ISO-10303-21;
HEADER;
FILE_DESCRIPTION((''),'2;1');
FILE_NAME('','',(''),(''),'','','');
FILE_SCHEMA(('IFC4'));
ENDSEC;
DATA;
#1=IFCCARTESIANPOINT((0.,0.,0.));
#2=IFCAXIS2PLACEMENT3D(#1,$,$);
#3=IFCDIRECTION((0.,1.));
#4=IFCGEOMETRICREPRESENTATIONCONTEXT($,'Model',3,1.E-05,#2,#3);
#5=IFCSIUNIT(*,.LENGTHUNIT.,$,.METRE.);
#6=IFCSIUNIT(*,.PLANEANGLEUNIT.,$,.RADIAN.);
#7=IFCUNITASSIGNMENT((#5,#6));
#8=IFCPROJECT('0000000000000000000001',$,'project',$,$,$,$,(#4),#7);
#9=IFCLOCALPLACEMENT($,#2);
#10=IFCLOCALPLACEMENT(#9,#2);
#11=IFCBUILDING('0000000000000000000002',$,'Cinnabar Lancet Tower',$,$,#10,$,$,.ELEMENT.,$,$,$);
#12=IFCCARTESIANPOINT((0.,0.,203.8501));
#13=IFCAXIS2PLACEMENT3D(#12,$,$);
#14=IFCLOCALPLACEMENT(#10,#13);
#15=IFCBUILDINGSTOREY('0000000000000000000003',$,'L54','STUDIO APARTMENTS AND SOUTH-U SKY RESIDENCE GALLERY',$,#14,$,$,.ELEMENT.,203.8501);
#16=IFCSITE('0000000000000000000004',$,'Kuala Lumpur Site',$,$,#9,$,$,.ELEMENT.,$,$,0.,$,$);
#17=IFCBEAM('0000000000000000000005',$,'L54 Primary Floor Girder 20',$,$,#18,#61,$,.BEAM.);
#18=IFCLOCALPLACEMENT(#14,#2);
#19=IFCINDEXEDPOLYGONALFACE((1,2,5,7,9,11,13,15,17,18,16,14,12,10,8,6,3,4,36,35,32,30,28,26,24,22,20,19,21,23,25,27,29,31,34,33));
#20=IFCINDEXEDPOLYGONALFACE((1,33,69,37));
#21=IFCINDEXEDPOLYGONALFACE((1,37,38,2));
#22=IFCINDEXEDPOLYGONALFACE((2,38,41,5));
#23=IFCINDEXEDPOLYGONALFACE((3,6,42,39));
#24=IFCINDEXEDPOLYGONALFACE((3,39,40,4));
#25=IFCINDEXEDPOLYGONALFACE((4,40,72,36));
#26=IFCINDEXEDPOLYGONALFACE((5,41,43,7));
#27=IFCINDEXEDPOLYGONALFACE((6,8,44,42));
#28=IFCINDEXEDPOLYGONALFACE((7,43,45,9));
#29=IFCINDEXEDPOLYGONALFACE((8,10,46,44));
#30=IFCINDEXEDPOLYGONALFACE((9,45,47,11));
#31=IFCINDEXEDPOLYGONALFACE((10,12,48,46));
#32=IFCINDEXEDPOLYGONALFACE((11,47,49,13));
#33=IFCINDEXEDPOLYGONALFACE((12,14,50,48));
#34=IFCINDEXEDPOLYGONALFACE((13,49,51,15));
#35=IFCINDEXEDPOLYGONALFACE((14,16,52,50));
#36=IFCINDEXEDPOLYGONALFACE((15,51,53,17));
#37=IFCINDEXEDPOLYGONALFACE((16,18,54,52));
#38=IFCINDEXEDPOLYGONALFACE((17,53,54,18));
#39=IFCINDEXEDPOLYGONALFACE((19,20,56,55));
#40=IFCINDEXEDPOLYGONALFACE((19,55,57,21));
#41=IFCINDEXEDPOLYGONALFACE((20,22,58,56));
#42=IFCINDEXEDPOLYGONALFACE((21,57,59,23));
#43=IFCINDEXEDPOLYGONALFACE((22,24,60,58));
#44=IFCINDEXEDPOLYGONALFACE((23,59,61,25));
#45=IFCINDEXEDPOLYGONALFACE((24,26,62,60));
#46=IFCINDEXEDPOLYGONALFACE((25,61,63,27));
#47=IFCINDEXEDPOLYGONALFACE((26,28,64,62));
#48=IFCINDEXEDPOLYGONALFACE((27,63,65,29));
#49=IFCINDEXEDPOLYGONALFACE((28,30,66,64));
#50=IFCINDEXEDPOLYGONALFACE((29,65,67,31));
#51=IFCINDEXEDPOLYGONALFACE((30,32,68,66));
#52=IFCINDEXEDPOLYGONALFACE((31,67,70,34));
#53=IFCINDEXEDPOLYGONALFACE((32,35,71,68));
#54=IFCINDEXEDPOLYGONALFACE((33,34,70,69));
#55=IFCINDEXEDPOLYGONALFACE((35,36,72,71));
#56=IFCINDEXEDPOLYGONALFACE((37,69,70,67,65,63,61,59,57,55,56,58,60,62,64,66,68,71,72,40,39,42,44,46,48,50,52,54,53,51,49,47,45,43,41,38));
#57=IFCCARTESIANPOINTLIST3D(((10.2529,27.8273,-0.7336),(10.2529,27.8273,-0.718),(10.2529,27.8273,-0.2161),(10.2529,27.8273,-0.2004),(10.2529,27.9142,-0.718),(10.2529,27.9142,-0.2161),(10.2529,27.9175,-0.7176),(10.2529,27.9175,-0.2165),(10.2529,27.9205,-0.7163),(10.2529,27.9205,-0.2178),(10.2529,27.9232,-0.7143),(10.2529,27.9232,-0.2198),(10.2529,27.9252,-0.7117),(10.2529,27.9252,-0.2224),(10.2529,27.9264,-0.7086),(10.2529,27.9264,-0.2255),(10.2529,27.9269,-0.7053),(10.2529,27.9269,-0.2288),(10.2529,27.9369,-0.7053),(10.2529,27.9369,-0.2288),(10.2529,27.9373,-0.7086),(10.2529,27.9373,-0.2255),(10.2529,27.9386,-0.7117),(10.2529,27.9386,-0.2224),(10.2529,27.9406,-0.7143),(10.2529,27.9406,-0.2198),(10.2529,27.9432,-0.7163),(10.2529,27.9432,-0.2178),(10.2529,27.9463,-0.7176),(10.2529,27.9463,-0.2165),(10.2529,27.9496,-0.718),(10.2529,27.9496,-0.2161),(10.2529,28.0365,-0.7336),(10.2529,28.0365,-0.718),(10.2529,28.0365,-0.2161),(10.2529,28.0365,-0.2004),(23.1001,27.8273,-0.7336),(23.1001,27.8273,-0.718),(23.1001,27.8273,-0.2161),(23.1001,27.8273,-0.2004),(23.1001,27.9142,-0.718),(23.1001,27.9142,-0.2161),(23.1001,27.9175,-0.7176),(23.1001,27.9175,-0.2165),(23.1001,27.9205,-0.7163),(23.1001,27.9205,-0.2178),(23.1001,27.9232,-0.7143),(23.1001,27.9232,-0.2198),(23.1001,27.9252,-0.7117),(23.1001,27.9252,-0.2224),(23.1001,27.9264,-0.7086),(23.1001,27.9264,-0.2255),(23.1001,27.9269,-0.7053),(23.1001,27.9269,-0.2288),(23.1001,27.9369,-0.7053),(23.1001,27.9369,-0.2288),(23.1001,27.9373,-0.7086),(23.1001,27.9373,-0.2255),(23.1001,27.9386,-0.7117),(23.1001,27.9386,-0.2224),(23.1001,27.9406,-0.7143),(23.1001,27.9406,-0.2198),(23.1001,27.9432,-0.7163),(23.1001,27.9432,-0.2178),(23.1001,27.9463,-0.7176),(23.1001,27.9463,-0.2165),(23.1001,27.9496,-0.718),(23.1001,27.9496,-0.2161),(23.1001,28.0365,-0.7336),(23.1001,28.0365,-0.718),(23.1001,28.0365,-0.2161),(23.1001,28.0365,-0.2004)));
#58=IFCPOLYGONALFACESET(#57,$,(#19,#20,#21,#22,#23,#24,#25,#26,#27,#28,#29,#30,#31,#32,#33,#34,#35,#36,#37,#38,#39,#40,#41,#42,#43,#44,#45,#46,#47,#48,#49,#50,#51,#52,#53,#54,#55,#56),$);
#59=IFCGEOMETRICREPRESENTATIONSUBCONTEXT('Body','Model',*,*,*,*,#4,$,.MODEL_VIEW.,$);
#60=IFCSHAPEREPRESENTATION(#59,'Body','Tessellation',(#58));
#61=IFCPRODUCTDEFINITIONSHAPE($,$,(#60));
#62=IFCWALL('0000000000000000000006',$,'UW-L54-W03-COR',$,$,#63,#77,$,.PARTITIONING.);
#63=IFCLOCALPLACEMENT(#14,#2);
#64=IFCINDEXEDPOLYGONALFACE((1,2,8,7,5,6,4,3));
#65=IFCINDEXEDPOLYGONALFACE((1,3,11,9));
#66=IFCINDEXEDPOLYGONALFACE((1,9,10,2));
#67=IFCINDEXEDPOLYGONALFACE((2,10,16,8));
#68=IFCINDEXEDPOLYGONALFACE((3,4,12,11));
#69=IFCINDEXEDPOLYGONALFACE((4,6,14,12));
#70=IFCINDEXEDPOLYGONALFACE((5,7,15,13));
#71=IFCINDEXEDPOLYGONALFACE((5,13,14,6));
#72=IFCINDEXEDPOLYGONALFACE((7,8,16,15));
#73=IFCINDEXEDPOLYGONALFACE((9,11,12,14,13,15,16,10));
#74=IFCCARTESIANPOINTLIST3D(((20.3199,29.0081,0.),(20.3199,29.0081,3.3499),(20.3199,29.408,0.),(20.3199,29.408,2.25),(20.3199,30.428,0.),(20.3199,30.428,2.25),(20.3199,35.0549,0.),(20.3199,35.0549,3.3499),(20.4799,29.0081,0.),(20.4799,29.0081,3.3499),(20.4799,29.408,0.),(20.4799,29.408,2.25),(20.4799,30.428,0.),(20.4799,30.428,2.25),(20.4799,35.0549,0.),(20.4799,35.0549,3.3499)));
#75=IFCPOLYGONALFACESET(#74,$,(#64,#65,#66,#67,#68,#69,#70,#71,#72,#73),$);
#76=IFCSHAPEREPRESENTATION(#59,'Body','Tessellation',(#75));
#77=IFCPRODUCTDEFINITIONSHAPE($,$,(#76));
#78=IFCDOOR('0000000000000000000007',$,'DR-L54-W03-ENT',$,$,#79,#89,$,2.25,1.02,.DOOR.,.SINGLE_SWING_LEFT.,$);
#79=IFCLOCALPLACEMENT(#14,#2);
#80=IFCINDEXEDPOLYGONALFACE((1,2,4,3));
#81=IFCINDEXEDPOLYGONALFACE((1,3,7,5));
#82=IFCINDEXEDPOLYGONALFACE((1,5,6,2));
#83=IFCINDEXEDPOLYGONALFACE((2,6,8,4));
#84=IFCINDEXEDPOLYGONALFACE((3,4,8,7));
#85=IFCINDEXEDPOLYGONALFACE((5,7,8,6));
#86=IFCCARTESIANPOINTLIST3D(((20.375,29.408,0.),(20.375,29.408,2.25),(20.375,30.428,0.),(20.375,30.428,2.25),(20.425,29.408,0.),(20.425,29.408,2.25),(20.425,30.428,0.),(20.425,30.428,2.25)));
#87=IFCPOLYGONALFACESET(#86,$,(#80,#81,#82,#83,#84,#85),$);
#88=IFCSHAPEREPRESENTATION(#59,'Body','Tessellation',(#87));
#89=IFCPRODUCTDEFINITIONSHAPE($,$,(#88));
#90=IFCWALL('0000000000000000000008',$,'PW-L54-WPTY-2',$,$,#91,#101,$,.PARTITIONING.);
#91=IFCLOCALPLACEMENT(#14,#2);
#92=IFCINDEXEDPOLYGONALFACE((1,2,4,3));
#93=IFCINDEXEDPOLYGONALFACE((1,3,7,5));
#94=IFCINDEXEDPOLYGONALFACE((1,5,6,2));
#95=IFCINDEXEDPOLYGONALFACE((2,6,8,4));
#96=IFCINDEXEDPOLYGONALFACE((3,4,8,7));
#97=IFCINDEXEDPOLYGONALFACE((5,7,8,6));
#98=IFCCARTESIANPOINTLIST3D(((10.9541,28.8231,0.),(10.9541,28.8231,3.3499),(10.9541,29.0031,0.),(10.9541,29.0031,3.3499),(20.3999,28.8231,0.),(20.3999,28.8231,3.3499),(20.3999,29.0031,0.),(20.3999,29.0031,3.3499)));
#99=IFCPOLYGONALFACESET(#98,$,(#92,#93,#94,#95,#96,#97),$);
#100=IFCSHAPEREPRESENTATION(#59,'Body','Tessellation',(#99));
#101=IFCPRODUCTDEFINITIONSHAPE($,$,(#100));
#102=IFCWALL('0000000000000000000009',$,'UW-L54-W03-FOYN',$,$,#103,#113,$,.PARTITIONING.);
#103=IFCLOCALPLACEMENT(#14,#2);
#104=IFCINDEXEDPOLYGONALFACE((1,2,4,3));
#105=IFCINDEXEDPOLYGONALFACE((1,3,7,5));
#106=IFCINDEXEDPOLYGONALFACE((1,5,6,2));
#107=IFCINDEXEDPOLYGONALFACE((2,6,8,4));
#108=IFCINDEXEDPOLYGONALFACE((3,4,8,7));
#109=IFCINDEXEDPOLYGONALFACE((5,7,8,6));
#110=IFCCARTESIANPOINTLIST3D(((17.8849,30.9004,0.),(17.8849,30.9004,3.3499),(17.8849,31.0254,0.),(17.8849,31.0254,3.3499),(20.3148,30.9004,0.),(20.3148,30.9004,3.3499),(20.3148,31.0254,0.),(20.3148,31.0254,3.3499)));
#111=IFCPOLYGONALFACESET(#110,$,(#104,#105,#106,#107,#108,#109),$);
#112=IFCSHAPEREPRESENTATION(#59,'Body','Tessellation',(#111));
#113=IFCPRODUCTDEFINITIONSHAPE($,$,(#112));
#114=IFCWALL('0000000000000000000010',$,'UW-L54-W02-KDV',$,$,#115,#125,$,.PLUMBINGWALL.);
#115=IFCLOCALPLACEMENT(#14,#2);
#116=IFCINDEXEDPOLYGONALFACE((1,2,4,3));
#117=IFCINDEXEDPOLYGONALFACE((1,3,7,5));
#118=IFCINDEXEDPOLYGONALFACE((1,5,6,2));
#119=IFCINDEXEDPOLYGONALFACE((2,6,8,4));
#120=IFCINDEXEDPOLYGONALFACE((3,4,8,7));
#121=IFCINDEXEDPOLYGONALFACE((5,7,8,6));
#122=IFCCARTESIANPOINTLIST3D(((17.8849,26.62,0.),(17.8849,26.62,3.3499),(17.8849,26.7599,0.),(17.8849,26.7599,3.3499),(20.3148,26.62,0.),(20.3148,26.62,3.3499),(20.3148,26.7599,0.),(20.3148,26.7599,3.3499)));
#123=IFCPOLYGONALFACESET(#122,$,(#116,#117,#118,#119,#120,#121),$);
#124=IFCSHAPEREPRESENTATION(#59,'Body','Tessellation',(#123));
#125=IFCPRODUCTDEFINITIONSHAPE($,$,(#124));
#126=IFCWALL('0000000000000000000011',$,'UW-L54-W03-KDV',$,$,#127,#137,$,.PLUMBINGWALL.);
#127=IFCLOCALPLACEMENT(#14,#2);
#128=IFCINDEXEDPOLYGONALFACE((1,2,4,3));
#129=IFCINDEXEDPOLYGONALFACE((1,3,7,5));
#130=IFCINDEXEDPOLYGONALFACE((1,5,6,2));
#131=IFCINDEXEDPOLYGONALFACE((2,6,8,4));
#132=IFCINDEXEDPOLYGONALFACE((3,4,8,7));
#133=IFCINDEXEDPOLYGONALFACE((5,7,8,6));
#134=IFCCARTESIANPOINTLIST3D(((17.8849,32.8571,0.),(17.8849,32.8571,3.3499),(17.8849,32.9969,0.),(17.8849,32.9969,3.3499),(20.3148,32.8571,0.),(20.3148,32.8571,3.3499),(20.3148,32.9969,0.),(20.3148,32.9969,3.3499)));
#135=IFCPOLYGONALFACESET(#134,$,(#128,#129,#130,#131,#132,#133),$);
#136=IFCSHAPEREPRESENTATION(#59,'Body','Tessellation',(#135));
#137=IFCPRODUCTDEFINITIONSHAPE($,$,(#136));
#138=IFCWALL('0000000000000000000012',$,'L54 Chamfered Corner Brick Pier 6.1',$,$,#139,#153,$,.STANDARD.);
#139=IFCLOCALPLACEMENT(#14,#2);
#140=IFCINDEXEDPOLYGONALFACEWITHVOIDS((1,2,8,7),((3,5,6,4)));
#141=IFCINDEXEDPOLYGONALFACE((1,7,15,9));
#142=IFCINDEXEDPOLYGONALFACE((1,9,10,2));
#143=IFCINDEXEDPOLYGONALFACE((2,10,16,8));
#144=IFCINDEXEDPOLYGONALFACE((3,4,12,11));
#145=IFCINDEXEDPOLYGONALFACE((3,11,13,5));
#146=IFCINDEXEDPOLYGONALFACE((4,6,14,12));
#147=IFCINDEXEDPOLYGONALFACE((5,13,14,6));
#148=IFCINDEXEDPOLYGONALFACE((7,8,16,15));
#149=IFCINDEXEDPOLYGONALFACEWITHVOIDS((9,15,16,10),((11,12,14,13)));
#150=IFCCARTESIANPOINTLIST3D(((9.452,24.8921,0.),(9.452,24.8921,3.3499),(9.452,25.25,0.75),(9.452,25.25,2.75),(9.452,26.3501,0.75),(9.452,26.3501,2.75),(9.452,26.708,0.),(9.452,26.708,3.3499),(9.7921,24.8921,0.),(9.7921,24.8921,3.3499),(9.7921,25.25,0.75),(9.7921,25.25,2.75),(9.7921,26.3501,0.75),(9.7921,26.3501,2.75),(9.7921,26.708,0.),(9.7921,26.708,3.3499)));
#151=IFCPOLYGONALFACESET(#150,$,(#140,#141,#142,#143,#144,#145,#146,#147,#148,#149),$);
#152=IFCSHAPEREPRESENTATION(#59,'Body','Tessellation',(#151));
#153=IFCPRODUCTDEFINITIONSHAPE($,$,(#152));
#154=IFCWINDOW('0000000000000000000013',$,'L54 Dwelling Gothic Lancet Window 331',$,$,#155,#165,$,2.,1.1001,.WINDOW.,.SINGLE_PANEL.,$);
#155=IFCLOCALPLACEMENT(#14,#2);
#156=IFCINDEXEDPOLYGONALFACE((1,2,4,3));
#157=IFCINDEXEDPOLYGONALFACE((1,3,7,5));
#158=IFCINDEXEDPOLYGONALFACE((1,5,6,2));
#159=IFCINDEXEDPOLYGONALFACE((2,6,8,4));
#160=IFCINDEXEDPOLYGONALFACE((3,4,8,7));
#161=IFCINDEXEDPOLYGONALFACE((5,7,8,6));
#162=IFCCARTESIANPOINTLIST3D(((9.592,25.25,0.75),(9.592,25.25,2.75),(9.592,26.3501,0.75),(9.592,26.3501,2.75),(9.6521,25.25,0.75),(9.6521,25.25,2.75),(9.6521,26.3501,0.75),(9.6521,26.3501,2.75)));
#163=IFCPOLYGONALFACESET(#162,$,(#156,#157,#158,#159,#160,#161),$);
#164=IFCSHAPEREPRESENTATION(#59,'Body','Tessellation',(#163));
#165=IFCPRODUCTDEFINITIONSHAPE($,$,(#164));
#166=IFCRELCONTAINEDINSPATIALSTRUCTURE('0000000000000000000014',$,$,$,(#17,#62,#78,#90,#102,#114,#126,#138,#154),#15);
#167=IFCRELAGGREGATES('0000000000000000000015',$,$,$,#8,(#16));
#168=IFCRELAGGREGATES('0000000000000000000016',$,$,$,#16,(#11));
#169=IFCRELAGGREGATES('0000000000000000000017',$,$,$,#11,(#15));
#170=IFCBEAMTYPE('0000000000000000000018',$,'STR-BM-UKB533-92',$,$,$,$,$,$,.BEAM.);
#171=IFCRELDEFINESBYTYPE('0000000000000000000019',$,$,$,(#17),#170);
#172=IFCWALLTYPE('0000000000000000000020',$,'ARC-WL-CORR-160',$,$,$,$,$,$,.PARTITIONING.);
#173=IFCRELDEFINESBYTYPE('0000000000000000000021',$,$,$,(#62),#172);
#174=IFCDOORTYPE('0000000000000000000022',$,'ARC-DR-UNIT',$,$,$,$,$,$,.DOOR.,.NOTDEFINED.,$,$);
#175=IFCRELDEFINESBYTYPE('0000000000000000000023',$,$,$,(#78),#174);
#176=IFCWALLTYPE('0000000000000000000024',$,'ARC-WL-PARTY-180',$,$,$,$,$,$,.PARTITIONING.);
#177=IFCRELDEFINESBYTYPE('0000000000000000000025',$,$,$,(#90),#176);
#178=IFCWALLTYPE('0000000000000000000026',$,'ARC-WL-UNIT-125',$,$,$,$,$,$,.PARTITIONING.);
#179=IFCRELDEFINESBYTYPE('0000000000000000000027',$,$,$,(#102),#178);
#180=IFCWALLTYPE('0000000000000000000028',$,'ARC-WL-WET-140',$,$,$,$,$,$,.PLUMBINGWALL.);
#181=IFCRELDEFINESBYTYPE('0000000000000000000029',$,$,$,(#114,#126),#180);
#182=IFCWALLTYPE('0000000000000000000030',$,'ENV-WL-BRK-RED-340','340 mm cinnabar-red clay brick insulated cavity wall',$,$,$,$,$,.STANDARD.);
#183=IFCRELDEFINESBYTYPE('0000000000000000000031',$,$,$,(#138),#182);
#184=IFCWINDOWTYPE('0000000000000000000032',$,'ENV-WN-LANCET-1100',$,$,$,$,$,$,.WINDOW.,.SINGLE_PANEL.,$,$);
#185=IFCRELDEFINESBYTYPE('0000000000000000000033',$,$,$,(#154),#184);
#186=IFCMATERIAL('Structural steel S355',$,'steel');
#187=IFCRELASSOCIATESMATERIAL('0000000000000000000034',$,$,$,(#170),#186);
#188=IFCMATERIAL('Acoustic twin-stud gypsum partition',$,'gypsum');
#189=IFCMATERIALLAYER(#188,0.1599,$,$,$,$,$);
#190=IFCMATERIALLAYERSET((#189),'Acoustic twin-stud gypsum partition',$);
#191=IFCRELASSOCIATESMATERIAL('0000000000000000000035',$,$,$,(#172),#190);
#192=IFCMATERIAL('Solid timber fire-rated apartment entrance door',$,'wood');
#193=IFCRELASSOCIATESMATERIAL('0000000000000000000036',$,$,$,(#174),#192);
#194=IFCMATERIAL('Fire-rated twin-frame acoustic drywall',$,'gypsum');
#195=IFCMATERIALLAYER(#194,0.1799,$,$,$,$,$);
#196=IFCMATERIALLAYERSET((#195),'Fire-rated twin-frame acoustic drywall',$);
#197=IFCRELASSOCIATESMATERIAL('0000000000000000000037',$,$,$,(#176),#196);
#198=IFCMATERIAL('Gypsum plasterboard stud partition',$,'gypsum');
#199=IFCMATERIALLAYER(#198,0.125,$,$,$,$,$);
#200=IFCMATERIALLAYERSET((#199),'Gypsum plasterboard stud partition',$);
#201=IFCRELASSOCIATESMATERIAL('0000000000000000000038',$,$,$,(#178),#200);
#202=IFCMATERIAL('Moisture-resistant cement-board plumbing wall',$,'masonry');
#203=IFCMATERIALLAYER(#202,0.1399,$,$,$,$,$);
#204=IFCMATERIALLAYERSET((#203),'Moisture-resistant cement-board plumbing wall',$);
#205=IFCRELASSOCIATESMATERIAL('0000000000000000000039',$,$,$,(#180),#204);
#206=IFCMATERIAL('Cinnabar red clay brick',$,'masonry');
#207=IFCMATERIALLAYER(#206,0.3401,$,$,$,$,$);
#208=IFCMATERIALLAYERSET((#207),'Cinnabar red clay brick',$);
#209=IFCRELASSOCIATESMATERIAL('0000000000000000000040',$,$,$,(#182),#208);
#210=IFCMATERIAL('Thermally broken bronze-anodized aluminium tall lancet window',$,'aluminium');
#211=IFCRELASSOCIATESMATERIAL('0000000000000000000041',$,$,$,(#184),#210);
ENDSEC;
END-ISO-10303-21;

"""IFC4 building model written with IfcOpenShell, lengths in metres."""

from ifc_helpers import new_model, si_unit, direction, frame, frame_2d, origin, origin_2d, place, context, subcontext, project, spatial, rectangle, i_section, extrude, material, layer, layer_set, material_profile, profile_set, type_object, element, fill, save


model = new_model("IFC4")

# Units and contexts
model_context = context("Model", 3, precision=1e-05, world=origin(), true_north=direction((0.0, 1.0)))
body_context = subcontext(model_context, "Body", "Model", "MODEL_VIEW")
ifc_project = project(units=[si_unit("LENGTHUNIT", "METRE"), si_unit("PLANEANGLEUNIT", "RADIAN")], contexts=[model_context])

# Site, building, storey
site_placement = place(None, origin())
site = spatial("IfcSite", under=ifc_project, at=site_placement, Name="Kuala Lumpur Site", CompositionType="ELEMENT", RefElevation=0.0)
building_placement = place(site_placement, origin())
building = spatial("IfcBuilding", under=site, at=building_placement, Name="Cinnabar Lancet Tower", CompositionType="ELEMENT")
storey_placement = place(building_placement, frame((0.0, 0.0, 203.8501)))
storey = spatial("IfcBuildingStorey", under=building, at=storey_placement, Name="L54", Description="STUDIO APARTMENTS AND SOUTH-U SKY RESIDENCE GALLERY", CompositionType="ELEMENT", Elevation=203.8501)

# Beam
ifc_material_1 = material(Name="Structural steel S355", Category="steel")
ifc_material_profile_1 = material_profile(ifc_material_1, i_section(OverallWidth=0.2092, OverallDepth=0.5332, WebThickness=0.01, FlangeThickness=0.0156, FilletRadius=0.0127, at=origin_2d()), Name="UKB 533x210x92")
ifc_profile_set_1 = profile_set([ifc_material_profile_1], Name="Structural steel S355")
beam_type_1 = type_object("IfcBeamType", Name="STR-BM-UKB533-92", PredefinedType="BEAM", material=ifc_profile_set_1)
beam_1_placement = place(storey_placement, frame((10.2529, 27.9319, -0.467), z_axis=(1.0, 0.0, 0.0), x_axis=(0.0, 1.0, 0.0)))
element("IfcBeam", 1, at=beam_1_placement, inside=storey, type_object=beam_type_1, Name="L54 Primary Floor Girder 20", PredefinedType="BEAM", context=body_context, shape_type="SweptSolid", body=[
    extrude(i_section(OverallWidth=0.2092, OverallDepth=0.5332, WebThickness=0.01, FlangeThickness=0.0156, FilletRadius=0.0127, at=origin_2d()), origin(), (0.0, 0.0, 1.0), 12.8472),
])

# Wall, opening, door
ifc_material_2 = material(Name="Acoustic twin-stud gypsum partition", Category="gypsum")
ifc_layer_1 = layer(ifc_material_2, 0.1599)
ifc_layer_set_1 = layer_set([ifc_layer_1], Name="Acoustic twin-stud gypsum partition")
wall_type_1 = type_object("IfcWallType", Name="ARC-WL-CORR-160", PredefinedType="PARTITIONING", material=ifc_layer_set_1)
wall_1_placement = place(storey_placement, frame((20.3999, 29.0081, 0.0), z_axis=(0.0, 0.0, 1.0), x_axis=(0.0, 1.0, 0.0)))
wall_1 = element("IfcWall", 2, at=wall_1_placement, inside=storey, type_object=wall_type_1, Name="UW-L54-W03-COR", PredefinedType="PARTITIONING", context=body_context, shape_type="SweptSolid", body=[
    extrude(rectangle(XDim=6.0469, YDim=0.1599, at=frame_2d((3.0234, 0.0))), origin(), (0.0, 0.0, 1.0), 3.3499),
])
opening_1_placement = place(wall_1_placement, frame((0.3999, 0.0, 0.0)))
opening_1 = element("IfcOpeningElement", 3, at=opening_1_placement, cuts=wall_1, PredefinedType="OPENING", context=body_context, shape_type="SweptSolid", body=[
    extrude(rectangle(XDim=1.02, YDim=2.25, at=frame_2d((0.51, 1.125))), frame((0.0, 0.0898, 0.0), z_axis=(0.0, -1.0, 0.0), x_axis=(1.0, 0.0, 0.0)), (0.0, 0.0, 1.0), 0.1799),
])
ifc_material_3 = material(Name="Solid timber fire-rated apartment entrance door", Category="wood")
door_type_1 = type_object("IfcDoorType", Name="ARC-DR-UNIT", OperationType="NOTDEFINED", PredefinedType="DOOR", material=ifc_material_3)
door_1_placement = place(opening_1_placement, origin())
door_1 = element("IfcDoor", 4, at=door_1_placement, inside=storey, type_object=door_type_1, Name="DR-L54-W03-ENT", OperationType="SINGLE_SWING_LEFT", OverallHeight=2.25, OverallWidth=1.02, PredefinedType="DOOR", context=body_context, shape_type="SweptSolid", body=[
    extrude(rectangle(XDim=1.02, YDim=2.25, at=frame_2d((0.51, 1.125))), frame((0.0, 0.0249, 0.0), z_axis=(0.0, -1.0, 0.0), x_axis=(1.0, 0.0, 0.0)), (0.0, 0.0, 1.0), 0.05),
])
fill(opening_1, door_1)

# Walls
ifc_material_4 = material(Name="Fire-rated twin-frame acoustic drywall", Category="gypsum")
ifc_layer_2 = layer(ifc_material_4, 0.1799)
ifc_layer_set_2 = layer_set([ifc_layer_2], Name="Fire-rated twin-frame acoustic drywall")
wall_type_2 = type_object("IfcWallType", Name="ARC-WL-PARTY-180", PredefinedType="PARTITIONING", material=ifc_layer_set_2)
wall_2_placement = place(storey_placement, frame((10.9541, 28.9131, 0.0), z_axis=(0.0, 0.0, 1.0), x_axis=(1.0, 0.0, 0.0)))
element("IfcWall", 5, at=wall_2_placement, inside=storey, type_object=wall_type_2, Name="PW-L54-WPTY-2", PredefinedType="PARTITIONING", context=body_context, shape_type="SweptSolid", body=[
    extrude(rectangle(XDim=9.4458, YDim=0.1799, at=frame_2d((4.7229, 0.0))), origin(), (0.0, 0.0, 1.0), 3.3499),
])
ifc_material_5 = material(Name="Gypsum plasterboard stud partition", Category="gypsum")
ifc_layer_3 = layer(ifc_material_5, 0.125)
ifc_layer_set_3 = layer_set([ifc_layer_3], Name="Gypsum plasterboard stud partition")
wall_type_3 = type_object("IfcWallType", Name="ARC-WL-UNIT-125", PredefinedType="PARTITIONING", material=ifc_layer_set_3)
wall_3_placement = place(storey_placement, frame((17.885, 30.9629, 0.0), z_axis=(0.0, 0.0, 1.0), x_axis=(1.0, 0.0, 0.0)))
element("IfcWall", 6, at=wall_3_placement, inside=storey, type_object=wall_type_3, Name="UW-L54-W03-FOYN", PredefinedType="PARTITIONING", context=body_context, shape_type="SweptSolid", body=[
    extrude(rectangle(XDim=2.4299, YDim=0.125, at=frame_2d((1.2148, 0.0))), origin(), (0.0, 0.0, 1.0), 3.3499),
])
ifc_material_6 = material(Name="Moisture-resistant cement-board plumbing wall", Category="masonry")
ifc_layer_4 = layer(ifc_material_6, 0.1399)
ifc_layer_set_4 = layer_set([ifc_layer_4], Name="Moisture-resistant cement-board plumbing wall")
wall_type_4 = type_object("IfcWallType", Name="ARC-WL-WET-140", PredefinedType="PLUMBINGWALL", material=ifc_layer_set_4)
wall_4_placement = place(storey_placement, frame((17.885, 26.6899, 0.0), z_axis=(0.0, 0.0, 1.0), x_axis=(1.0, 0.0, 0.0)))
element("IfcWall", 7, at=wall_4_placement, inside=storey, type_object=wall_type_4, Name="UW-L54-W02-KDV", PredefinedType="PLUMBINGWALL", context=body_context, shape_type="SweptSolid", body=[
    extrude(rectangle(XDim=2.4299, YDim=0.1399, at=frame_2d((1.2148, 0.0))), origin(), (0.0, 0.0, 1.0), 3.3499),
])

# Wall
wall_5_placement = place(storey_placement, frame((17.885, 32.927, 0.0), z_axis=(0.0, 0.0, 1.0), x_axis=(1.0, 0.0, 0.0)))
element("IfcWall", 8, at=wall_5_placement, inside=storey, type_object=wall_type_4, Name="UW-L54-W03-KDV", PredefinedType="PLUMBINGWALL", context=body_context, shape_type="SweptSolid", body=[
    extrude(rectangle(XDim=2.4299, YDim=0.1399, at=frame_2d((1.2148, 0.0))), origin(), (0.0, 0.0, 1.0), 3.3499),
])

# Wall, opening, window
ifc_material_7 = material(Name="Cinnabar red clay brick", Category="masonry")
ifc_layer_5 = layer(ifc_material_7, 0.3401)
ifc_layer_set_5 = layer_set([ifc_layer_5], Name="Cinnabar red clay brick")
wall_type_5 = type_object("IfcWallType", Name="ENV-WL-BRK-RED-340", Description="340 mm cinnabar-red clay brick insulated cavity wall", PredefinedType="STANDARD", material=ifc_layer_set_5)
wall_6_placement = place(storey_placement, frame((9.6221, 26.708, 0.0), z_axis=(0.0, 0.0, 1.0), x_axis=(0.0, -1.0, 0.0)))
wall_6 = element("IfcWall", 9, at=wall_6_placement, inside=storey, type_object=wall_type_5, Name="L54 Chamfered Corner Brick Pier 6.1", PredefinedType="STANDARD", context=body_context, shape_type="SweptSolid", body=[
    extrude(rectangle(XDim=1.8159, YDim=0.3401, at=frame_2d((0.908, 0.0))), origin(), (0.0, 0.0, 1.0), 3.3499),
])
opening_2_placement = place(wall_6_placement, frame((0.3579, 0.0, 0.75)))
opening_2 = element("IfcOpeningElement", 10, at=opening_2_placement, cuts=wall_6, PredefinedType="OPENING", context=body_context, shape_type="SweptSolid", body=[
    extrude(rectangle(XDim=1.1001, YDim=2.0, at=frame_2d((0.55, 1.0))), frame((0.0, 0.1799, 0.0), z_axis=(0.0, -1.0, 0.0), x_axis=(1.0, 0.0, 0.0)), (0.0, 0.0, 1.0), 0.3601),
])
ifc_material_8 = material(Name="Thermally broken bronze-anodized aluminium tall lancet window", Category="aluminium")
window_type_1 = type_object("IfcWindowType", Name="ENV-WN-LANCET-1100", PartitioningType="SINGLE_PANEL", PredefinedType="WINDOW", material=ifc_material_8)
window_1_placement = place(opening_2_placement, origin())
window_1 = element("IfcWindow", 11, at=window_1_placement, inside=storey, type_object=window_type_1, Name="L54 Dwelling Gothic Lancet Window 331", OverallHeight=2.0, OverallWidth=1.1001, PartitioningType="SINGLE_PANEL", PredefinedType="WINDOW", context=body_context, shape_type="SweptSolid", body=[
    extrude(rectangle(XDim=1.1001, YDim=2.0, at=frame_2d((0.55, 1.0))), frame((0.0, 0.03, 0.0), z_axis=(0.0, -1.0, 0.0), x_axis=(1.0, 0.0, 0.0)), (0.0, 0.0, 1.0), 0.0601),
])
fill(opening_2, window_1)

save(model, "model.ifc")
